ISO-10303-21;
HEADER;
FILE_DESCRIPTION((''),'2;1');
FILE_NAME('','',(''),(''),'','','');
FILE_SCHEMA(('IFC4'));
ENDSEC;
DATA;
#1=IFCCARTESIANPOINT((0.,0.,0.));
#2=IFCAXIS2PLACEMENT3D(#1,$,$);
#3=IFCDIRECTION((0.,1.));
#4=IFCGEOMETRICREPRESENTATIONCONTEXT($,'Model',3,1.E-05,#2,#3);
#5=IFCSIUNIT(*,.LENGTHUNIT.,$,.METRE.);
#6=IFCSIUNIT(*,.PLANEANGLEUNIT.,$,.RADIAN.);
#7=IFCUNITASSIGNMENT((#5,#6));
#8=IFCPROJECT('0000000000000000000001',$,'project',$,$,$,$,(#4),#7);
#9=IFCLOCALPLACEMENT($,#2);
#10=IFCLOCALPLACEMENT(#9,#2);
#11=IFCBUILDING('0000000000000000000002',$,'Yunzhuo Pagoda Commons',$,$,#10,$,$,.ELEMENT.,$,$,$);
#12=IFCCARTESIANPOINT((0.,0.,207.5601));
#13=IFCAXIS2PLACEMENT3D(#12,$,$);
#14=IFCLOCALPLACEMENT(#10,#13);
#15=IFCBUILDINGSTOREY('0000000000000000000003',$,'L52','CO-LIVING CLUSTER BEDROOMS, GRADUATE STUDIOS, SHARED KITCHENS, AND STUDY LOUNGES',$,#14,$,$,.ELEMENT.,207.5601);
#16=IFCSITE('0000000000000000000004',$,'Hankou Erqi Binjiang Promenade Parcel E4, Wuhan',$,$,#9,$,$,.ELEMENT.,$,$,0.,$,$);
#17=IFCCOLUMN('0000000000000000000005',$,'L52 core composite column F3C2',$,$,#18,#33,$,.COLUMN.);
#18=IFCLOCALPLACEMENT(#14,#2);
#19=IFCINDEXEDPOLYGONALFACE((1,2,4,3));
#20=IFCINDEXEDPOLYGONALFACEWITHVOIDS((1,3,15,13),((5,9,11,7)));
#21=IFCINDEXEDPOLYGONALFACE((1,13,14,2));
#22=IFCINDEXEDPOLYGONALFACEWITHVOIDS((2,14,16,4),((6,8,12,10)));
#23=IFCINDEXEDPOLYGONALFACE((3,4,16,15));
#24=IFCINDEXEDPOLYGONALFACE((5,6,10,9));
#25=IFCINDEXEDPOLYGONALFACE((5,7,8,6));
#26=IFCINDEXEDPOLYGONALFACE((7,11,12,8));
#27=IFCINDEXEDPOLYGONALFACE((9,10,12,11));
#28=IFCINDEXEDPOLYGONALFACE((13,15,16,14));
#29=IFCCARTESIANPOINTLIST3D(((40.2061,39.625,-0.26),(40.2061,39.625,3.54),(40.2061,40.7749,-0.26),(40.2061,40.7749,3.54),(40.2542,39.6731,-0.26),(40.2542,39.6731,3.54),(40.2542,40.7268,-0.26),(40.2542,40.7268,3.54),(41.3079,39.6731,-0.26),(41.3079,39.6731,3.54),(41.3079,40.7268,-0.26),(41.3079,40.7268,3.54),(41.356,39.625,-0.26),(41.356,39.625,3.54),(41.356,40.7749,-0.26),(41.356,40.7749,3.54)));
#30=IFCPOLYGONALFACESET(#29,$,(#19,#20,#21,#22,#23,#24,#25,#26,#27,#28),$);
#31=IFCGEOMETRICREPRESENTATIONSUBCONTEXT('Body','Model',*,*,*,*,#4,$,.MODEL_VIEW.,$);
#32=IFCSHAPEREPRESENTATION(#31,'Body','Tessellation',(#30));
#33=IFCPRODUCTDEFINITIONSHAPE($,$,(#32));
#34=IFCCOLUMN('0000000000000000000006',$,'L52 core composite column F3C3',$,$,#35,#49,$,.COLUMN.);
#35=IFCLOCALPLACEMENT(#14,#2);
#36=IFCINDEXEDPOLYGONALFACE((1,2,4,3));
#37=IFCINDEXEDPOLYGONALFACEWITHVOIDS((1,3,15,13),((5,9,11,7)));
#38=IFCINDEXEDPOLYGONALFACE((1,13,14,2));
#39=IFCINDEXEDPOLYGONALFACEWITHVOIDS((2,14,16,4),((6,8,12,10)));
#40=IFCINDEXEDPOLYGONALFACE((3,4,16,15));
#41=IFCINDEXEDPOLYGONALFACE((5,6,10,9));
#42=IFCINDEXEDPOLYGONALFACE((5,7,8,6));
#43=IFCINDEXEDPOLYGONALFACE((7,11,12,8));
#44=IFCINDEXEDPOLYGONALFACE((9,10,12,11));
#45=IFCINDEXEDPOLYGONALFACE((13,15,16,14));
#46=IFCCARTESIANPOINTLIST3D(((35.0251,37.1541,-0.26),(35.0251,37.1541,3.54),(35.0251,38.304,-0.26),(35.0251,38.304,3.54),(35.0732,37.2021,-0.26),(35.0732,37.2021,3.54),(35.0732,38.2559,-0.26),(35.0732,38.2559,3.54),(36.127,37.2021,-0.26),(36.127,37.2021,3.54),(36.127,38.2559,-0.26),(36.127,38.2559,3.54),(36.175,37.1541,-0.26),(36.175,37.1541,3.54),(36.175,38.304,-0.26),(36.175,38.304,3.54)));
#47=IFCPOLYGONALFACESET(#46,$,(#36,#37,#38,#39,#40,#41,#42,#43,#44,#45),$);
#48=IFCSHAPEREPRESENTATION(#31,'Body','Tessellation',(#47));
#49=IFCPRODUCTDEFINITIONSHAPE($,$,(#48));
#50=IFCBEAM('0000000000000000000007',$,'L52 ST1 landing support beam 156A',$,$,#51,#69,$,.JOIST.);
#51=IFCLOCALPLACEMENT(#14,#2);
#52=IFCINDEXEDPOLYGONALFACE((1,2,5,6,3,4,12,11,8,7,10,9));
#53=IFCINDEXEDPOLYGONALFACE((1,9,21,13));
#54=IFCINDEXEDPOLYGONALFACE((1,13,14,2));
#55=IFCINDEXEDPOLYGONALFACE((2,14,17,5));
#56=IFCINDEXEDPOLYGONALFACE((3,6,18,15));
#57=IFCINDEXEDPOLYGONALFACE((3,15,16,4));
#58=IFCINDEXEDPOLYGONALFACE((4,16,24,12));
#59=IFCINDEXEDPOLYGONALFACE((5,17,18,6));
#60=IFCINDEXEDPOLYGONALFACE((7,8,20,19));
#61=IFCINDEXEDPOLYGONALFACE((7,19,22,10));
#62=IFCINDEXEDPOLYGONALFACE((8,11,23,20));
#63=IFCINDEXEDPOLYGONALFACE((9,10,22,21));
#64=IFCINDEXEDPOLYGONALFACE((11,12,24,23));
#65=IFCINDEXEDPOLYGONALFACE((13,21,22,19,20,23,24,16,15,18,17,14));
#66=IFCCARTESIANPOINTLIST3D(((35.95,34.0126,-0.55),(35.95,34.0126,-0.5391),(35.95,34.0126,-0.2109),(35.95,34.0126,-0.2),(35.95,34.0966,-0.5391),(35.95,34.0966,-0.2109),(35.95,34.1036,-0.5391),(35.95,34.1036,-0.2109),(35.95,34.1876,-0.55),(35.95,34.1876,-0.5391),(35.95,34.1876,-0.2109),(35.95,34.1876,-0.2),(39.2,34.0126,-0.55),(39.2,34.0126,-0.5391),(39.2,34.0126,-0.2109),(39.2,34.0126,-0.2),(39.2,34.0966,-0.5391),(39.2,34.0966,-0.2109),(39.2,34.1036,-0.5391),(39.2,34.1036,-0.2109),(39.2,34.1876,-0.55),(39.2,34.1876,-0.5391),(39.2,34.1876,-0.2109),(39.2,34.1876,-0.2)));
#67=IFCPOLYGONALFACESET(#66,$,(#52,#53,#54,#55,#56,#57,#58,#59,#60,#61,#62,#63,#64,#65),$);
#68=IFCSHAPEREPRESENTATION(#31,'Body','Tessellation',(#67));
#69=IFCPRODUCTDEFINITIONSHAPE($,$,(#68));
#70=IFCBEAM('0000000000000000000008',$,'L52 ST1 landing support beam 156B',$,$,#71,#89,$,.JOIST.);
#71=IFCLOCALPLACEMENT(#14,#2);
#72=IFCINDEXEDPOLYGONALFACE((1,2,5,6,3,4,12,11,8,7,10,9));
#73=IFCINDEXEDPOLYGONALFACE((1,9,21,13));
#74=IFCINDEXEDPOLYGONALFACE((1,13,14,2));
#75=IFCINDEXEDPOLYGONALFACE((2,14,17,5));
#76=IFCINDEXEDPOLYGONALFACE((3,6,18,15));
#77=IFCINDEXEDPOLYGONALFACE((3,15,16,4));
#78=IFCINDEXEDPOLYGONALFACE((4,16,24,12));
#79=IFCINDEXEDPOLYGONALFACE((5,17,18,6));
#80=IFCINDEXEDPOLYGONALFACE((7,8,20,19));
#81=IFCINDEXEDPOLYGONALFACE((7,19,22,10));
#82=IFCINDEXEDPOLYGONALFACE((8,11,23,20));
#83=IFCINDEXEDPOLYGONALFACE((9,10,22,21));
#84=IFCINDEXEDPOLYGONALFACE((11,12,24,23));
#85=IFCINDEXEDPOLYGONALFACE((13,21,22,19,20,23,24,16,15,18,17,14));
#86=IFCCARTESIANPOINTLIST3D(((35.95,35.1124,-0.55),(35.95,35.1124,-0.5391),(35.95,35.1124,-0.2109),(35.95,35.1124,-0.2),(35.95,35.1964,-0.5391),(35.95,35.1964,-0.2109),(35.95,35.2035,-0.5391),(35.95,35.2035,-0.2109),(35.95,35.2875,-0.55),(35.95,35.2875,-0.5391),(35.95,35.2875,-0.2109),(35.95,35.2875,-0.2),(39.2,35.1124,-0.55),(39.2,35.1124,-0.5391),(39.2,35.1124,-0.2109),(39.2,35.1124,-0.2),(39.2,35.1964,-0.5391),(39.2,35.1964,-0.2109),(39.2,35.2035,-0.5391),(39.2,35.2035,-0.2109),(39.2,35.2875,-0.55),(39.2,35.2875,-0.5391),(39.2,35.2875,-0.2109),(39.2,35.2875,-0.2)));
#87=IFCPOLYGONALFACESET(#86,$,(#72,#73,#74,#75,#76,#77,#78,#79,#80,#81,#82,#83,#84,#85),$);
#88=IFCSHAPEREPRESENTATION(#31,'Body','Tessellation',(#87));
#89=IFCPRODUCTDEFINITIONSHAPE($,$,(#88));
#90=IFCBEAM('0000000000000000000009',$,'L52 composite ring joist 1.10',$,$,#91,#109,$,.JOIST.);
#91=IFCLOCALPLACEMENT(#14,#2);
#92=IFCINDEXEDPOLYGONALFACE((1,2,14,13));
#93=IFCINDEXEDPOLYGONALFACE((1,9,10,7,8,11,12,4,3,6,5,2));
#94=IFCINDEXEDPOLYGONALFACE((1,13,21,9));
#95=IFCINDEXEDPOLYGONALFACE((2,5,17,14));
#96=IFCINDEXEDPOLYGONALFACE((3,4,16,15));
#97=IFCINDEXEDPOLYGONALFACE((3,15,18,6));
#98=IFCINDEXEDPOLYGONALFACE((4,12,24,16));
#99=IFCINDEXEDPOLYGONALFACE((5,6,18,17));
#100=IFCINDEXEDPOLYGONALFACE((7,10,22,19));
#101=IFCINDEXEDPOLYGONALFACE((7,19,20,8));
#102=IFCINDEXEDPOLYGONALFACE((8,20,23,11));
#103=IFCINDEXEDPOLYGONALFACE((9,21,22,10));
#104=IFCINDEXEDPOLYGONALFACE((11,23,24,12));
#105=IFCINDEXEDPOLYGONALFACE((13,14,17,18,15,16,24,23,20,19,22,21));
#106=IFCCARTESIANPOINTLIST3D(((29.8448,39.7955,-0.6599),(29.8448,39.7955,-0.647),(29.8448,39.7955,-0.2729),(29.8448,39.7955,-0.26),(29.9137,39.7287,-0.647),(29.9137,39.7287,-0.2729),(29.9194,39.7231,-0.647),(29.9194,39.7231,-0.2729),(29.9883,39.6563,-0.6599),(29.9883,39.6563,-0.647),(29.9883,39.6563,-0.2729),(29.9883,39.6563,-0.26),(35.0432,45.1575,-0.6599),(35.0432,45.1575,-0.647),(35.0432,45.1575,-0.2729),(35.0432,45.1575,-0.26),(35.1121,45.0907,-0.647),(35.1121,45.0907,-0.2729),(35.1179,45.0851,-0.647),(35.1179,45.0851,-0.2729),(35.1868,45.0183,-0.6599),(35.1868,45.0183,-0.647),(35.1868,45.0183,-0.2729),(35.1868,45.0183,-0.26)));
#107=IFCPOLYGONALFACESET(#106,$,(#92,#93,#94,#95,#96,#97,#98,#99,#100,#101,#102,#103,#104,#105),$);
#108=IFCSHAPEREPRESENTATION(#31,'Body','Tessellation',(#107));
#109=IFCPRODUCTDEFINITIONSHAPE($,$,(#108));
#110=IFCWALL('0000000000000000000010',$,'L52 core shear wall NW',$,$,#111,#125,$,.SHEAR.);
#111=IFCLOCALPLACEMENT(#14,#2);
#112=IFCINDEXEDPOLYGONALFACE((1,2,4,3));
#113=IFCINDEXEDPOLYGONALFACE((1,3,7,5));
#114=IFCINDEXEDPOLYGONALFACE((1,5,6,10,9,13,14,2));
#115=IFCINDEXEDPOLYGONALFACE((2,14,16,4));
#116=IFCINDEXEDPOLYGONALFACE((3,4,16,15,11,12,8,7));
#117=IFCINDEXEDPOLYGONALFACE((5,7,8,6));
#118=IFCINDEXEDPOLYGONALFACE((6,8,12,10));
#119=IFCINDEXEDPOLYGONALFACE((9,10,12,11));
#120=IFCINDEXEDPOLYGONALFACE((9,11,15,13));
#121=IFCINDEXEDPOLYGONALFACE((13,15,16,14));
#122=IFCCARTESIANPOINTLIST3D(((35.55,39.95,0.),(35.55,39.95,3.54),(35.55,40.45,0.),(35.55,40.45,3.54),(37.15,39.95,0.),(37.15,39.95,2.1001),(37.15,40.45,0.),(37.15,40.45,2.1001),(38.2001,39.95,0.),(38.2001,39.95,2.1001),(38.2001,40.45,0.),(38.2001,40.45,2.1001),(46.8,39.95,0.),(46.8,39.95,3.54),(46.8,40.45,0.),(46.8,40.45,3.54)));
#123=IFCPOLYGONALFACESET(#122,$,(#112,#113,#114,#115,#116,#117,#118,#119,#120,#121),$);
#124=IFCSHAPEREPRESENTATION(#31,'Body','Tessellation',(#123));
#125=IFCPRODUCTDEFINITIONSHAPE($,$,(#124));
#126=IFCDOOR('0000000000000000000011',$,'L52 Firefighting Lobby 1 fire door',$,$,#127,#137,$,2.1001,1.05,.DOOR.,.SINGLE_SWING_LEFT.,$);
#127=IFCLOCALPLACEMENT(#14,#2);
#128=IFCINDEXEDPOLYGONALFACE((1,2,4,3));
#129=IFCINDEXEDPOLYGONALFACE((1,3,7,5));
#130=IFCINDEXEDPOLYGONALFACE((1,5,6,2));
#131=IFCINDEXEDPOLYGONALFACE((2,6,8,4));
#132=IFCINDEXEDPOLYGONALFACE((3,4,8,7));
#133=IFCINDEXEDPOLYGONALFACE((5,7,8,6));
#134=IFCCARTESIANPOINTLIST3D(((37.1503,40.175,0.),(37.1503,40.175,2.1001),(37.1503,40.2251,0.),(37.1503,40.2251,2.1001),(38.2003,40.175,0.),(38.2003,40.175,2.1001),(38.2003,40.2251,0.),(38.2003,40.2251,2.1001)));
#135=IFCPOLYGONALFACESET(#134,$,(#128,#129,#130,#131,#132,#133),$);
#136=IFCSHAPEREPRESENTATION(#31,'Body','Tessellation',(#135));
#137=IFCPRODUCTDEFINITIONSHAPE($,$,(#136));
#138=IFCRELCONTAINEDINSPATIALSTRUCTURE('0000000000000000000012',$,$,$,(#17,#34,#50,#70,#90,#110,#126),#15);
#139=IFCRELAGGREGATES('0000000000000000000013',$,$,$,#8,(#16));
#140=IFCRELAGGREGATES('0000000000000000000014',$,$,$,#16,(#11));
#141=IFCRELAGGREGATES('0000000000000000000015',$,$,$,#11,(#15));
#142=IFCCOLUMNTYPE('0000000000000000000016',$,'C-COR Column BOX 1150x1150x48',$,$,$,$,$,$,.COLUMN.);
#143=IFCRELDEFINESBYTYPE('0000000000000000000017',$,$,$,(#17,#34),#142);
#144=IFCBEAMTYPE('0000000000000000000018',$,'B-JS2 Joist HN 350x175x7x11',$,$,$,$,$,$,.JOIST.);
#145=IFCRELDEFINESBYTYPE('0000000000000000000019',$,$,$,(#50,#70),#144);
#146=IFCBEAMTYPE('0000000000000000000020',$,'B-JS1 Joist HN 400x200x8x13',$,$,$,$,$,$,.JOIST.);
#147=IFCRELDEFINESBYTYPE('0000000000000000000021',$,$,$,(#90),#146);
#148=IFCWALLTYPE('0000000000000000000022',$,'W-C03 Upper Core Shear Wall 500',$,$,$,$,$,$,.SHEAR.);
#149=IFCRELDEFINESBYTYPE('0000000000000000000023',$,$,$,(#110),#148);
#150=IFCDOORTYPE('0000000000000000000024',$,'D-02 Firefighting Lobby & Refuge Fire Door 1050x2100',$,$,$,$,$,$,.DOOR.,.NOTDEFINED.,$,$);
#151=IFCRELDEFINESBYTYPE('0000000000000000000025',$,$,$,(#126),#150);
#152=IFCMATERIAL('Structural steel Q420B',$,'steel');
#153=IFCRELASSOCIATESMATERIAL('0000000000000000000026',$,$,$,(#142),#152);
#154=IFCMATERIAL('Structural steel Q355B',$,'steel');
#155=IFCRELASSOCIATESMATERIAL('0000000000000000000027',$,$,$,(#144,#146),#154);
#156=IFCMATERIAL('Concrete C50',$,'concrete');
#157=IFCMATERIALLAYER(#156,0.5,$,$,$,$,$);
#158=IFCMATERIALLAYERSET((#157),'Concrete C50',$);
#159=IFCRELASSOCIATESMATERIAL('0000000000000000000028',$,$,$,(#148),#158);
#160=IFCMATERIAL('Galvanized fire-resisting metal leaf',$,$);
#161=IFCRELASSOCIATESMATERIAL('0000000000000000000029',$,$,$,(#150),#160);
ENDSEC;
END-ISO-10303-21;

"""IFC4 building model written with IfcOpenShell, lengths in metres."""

from ifc_helpers import new_model, si_unit, direction, frame, frame_2d, origin, origin_2d, place, context, subcontext, project, spatial, rectangle, hollow_rectangle, i_section, extrude, source, transform, mapped, material, layer, layer_set, material_profile, profile_set, type_object, element, fill, save


model = new_model("IFC4")

# Units and contexts
model_context = context("Model", 3, precision=1e-05, world=origin(), true_north=direction((0.0, 1.0)))
body_context = subcontext(model_context, "Body", "Model", "MODEL_VIEW")
ifc_project = project(units=[si_unit("LENGTHUNIT", "METRE"), si_unit("PLANEANGLEUNIT", "RADIAN")], contexts=[model_context])

# Site, building, storey
site_placement = place(None, origin())
site = spatial("IfcSite", under=ifc_project, at=site_placement, Name="Hankou Erqi Binjiang Promenade Parcel E4, Wuhan", CompositionType="ELEMENT", RefElevation=0.0)
building_placement = place(site_placement, origin())
building = spatial("IfcBuilding", under=site, at=building_placement, Name="Yunzhuo Pagoda Commons", CompositionType="ELEMENT")
storey_placement = place(building_placement, frame((0.0, 0.0, 207.5601)))
storey = spatial("IfcBuildingStorey", under=building, at=storey_placement, Name="L52", Description="CO-LIVING CLUSTER BEDROOMS, GRADUATE STUDIOS, SHARED KITCHENS, AND STUDY LOUNGES", CompositionType="ELEMENT", Elevation=207.5601)

# Columns
ifc_material_1 = material(Name="Structural steel Q420B", Category="steel")
ifc_material_profile_1 = material_profile(ifc_material_1, hollow_rectangle(XDim=1.1499, YDim=1.1499, WallThickness=0.0481, at=origin_2d()), Name="Structural steel Q420B")
ifc_profile_set_1 = profile_set([ifc_material_profile_1], Name="Structural steel Q420B")
column_type = type_object("IfcColumnType", Name="C-COR Column BOX 1150x1150x48", PredefinedType="COLUMN", material=ifc_profile_set_1)
shared_shape_1 = source(origin(), body_context, "Body", "SweptSolid", [
    extrude(hollow_rectangle(XDim=1.1499, YDim=1.1499, WallThickness=0.0481, at=origin_2d()), origin(), (0.0, 0.0, 1.0), 3.8),
])
for number, where, z_axis, x_axis, name in (
    (1, (40.781, 40.2, -0.26), (0.0, 0.0, 1.0), (1.0, 0.0, 0.0), "L52 core composite column F3C2"),
    (2, (35.6001, 37.729, -0.26), (0.0, 0.0, 1.0), (1.0, 0.0, 0.0), "L52 core composite column F3C3"),
):
    element("IfcColumn", number, at=place(storey_placement, frame(where, z_axis=z_axis, x_axis=x_axis)), inside=storey, type_object=column_type, Name=name, PredefinedType="COLUMN", context=body_context, shape_type="MappedRepresentation", body=[
        mapped(shared_shape_1, transform((0.0, 0.0, 0.0), scale=1.0)),
    ])

# Beams
ifc_material_2 = material(Name="Structural steel Q355B", Category="steel")
ifc_material_profile_2 = material_profile(ifc_material_2, i_section(OverallWidth=0.175, OverallDepth=0.3501, WebThickness=0.0071, FlangeThickness=0.011, at=origin_2d()), Name="Structural steel Q355B")
ifc_profile_set_2 = profile_set([ifc_material_profile_2], Name="Structural steel Q355B")
beam_type_1 = type_object("IfcBeamType", Name="B-JS2 Joist HN 350x175x7x11", PredefinedType="JOIST", material=ifc_profile_set_2)
shared_shape_2 = source(origin(), body_context, "Body", "SweptSolid", [
    extrude(i_section(OverallWidth=0.175, OverallDepth=0.3501, WebThickness=0.0071, FlangeThickness=0.011, at=origin_2d()), origin(), (0.0, 0.0, 1.0), 3.25),
])
for number, where, z_axis, x_axis, name in (
    (3, (35.95, 34.1001, -0.375), (1.0, 0.0, 0.0), (0.0, 1.0, 0.0), "L52 ST1 landing support beam 156A"),
    (4, (35.95, 35.2, -0.375), (1.0, 0.0, 0.0), (0.0, 1.0, 0.0), "L52 ST1 landing support beam 156B"),
):
    element("IfcBeam", number, at=place(storey_placement, frame(where, z_axis=z_axis, x_axis=x_axis)), inside=storey, type_object=beam_type_1, Name=name, PredefinedType="JOIST", context=body_context, shape_type="MappedRepresentation", body=[
        mapped(shared_shape_2, transform((0.0, 0.0, 0.0), scale=1.0)),
    ])
ifc_material_profile_3 = material_profile(ifc_material_2, i_section(OverallWidth=0.2, OverallDepth=0.3999, WebThickness=0.0081, FlangeThickness=0.0129, at=origin_2d()), Name="Structural steel Q355B")
ifc_profile_set_3 = profile_set([ifc_material_profile_3], Name="Structural steel Q355B")
beam_type_2 = type_object("IfcBeamType", Name="B-JS1 Joist HN 400x200x8x13", PredefinedType="JOIST", material=ifc_profile_set_3)
shared_shape_3 = source(origin(), body_context, "Body", "SweptSolid", [
    extrude(i_section(OverallWidth=0.2, OverallDepth=0.3999, WebThickness=0.0081, FlangeThickness=0.0129, at=origin_2d()), origin(), (0.0, 0.0, 1.0), 7.4683),
])
beam_placement = place(storey_placement, frame((35.115, 45.0879, -0.46), z_axis=(-0.696071, -0.717973, 0.0), x_axis=(0.717973, -0.696071, 0.0)))
element("IfcBeam", 5, at=beam_placement, inside=storey, type_object=beam_type_2, Name="L52 composite ring joist 1.10", PredefinedType="JOIST", context=body_context, shape_type="MappedRepresentation", body=[
    mapped(shared_shape_3, transform((0.0, 0.0, 0.0), scale=1.0)),
])

# Wall, opening, door
ifc_material_3 = material(Name="Concrete C50", Category="concrete")
ifc_layer_1 = layer(ifc_material_3, 0.5)
ifc_layer_set_1 = layer_set([ifc_layer_1], Name="Concrete C50")
wall_type_1 = type_object("IfcWallType", Name="W-C03 Upper Core Shear Wall 500", PredefinedType="SHEAR", material=ifc_layer_set_1)
wall_1_placement = place(storey_placement, frame((35.55, 40.2, 0.0), z_axis=(0.0, 0.0, 1.0), x_axis=(1.0, 0.0, 0.0)))
wall_1 = element("IfcWall", 6, at=wall_1_placement, inside=storey, type_object=wall_type_1, Name="L52 core shear wall NW", PredefinedType="SHEAR", context=body_context, shape_type="SweptSolid", body=[
    extrude(rectangle(XDim=11.25, YDim=0.5, at=frame_2d((5.625, 0.0))), origin(), (0.0, 0.0, 1.0), 3.54),
])
opening_1_placement = place(wall_1_placement, frame((1.6001, 0.0, 0.0)))
opening_1 = element("IfcOpeningElement", 7, at=opening_1_placement, cuts=wall_1, PredefinedType="OPENING", context=body_context, shape_type="SweptSolid", body=[
    extrude(rectangle(XDim=1.05, YDim=2.1001, at=frame_2d((0.5249, 1.05))), frame((0.0, 0.26, 0.0), z_axis=(0.0, -1.0, 0.0), x_axis=(1.0, 0.0, 0.0)), (0.0, 0.0, 1.0), 0.52),
])
ifc_material_4 = material(Name="Galvanized fire-resisting metal leaf")
door_type_1 = type_object("IfcDoorType", Name="D-02 Firefighting Lobby & Refuge Fire Door 1050x2100", OperationType="NOTDEFINED", PredefinedType="DOOR", material=ifc_material_4)
shared_shape_4 = source(origin(), body_context, "Body", "SweptSolid", [
    extrude(rectangle(XDim=1.05, YDim=2.1001, at=frame_2d((0.5249, 1.05))), frame((0.0, 0.0249, 0.0), z_axis=(0.0, -1.0, 0.0), x_axis=(1.0, 0.0, 0.0)), (0.0, 0.0, 1.0), 0.05),
])
door_1_placement = place(opening_1_placement, frame((1.05, 0.0, 0.0), z_axis=(0.0, 0.0, 1.0), x_axis=(-1.0, 0.0, 0.0)))
door_1 = element("IfcDoor", 8, at=door_1_placement, inside=storey, type_object=door_type_1, Name="L52 Firefighting Lobby 1 fire door", OperationType="SINGLE_SWING_LEFT", OverallHeight=2.1001, OverallWidth=1.05, PredefinedType="DOOR", context=body_context, shape_type="MappedRepresentation", body=[
    mapped(shared_shape_4, transform((0.0, 0.0, 0.0), scale=1.0)),
])
fill(opening_1, door_1)

save(model, "model.ifc")
